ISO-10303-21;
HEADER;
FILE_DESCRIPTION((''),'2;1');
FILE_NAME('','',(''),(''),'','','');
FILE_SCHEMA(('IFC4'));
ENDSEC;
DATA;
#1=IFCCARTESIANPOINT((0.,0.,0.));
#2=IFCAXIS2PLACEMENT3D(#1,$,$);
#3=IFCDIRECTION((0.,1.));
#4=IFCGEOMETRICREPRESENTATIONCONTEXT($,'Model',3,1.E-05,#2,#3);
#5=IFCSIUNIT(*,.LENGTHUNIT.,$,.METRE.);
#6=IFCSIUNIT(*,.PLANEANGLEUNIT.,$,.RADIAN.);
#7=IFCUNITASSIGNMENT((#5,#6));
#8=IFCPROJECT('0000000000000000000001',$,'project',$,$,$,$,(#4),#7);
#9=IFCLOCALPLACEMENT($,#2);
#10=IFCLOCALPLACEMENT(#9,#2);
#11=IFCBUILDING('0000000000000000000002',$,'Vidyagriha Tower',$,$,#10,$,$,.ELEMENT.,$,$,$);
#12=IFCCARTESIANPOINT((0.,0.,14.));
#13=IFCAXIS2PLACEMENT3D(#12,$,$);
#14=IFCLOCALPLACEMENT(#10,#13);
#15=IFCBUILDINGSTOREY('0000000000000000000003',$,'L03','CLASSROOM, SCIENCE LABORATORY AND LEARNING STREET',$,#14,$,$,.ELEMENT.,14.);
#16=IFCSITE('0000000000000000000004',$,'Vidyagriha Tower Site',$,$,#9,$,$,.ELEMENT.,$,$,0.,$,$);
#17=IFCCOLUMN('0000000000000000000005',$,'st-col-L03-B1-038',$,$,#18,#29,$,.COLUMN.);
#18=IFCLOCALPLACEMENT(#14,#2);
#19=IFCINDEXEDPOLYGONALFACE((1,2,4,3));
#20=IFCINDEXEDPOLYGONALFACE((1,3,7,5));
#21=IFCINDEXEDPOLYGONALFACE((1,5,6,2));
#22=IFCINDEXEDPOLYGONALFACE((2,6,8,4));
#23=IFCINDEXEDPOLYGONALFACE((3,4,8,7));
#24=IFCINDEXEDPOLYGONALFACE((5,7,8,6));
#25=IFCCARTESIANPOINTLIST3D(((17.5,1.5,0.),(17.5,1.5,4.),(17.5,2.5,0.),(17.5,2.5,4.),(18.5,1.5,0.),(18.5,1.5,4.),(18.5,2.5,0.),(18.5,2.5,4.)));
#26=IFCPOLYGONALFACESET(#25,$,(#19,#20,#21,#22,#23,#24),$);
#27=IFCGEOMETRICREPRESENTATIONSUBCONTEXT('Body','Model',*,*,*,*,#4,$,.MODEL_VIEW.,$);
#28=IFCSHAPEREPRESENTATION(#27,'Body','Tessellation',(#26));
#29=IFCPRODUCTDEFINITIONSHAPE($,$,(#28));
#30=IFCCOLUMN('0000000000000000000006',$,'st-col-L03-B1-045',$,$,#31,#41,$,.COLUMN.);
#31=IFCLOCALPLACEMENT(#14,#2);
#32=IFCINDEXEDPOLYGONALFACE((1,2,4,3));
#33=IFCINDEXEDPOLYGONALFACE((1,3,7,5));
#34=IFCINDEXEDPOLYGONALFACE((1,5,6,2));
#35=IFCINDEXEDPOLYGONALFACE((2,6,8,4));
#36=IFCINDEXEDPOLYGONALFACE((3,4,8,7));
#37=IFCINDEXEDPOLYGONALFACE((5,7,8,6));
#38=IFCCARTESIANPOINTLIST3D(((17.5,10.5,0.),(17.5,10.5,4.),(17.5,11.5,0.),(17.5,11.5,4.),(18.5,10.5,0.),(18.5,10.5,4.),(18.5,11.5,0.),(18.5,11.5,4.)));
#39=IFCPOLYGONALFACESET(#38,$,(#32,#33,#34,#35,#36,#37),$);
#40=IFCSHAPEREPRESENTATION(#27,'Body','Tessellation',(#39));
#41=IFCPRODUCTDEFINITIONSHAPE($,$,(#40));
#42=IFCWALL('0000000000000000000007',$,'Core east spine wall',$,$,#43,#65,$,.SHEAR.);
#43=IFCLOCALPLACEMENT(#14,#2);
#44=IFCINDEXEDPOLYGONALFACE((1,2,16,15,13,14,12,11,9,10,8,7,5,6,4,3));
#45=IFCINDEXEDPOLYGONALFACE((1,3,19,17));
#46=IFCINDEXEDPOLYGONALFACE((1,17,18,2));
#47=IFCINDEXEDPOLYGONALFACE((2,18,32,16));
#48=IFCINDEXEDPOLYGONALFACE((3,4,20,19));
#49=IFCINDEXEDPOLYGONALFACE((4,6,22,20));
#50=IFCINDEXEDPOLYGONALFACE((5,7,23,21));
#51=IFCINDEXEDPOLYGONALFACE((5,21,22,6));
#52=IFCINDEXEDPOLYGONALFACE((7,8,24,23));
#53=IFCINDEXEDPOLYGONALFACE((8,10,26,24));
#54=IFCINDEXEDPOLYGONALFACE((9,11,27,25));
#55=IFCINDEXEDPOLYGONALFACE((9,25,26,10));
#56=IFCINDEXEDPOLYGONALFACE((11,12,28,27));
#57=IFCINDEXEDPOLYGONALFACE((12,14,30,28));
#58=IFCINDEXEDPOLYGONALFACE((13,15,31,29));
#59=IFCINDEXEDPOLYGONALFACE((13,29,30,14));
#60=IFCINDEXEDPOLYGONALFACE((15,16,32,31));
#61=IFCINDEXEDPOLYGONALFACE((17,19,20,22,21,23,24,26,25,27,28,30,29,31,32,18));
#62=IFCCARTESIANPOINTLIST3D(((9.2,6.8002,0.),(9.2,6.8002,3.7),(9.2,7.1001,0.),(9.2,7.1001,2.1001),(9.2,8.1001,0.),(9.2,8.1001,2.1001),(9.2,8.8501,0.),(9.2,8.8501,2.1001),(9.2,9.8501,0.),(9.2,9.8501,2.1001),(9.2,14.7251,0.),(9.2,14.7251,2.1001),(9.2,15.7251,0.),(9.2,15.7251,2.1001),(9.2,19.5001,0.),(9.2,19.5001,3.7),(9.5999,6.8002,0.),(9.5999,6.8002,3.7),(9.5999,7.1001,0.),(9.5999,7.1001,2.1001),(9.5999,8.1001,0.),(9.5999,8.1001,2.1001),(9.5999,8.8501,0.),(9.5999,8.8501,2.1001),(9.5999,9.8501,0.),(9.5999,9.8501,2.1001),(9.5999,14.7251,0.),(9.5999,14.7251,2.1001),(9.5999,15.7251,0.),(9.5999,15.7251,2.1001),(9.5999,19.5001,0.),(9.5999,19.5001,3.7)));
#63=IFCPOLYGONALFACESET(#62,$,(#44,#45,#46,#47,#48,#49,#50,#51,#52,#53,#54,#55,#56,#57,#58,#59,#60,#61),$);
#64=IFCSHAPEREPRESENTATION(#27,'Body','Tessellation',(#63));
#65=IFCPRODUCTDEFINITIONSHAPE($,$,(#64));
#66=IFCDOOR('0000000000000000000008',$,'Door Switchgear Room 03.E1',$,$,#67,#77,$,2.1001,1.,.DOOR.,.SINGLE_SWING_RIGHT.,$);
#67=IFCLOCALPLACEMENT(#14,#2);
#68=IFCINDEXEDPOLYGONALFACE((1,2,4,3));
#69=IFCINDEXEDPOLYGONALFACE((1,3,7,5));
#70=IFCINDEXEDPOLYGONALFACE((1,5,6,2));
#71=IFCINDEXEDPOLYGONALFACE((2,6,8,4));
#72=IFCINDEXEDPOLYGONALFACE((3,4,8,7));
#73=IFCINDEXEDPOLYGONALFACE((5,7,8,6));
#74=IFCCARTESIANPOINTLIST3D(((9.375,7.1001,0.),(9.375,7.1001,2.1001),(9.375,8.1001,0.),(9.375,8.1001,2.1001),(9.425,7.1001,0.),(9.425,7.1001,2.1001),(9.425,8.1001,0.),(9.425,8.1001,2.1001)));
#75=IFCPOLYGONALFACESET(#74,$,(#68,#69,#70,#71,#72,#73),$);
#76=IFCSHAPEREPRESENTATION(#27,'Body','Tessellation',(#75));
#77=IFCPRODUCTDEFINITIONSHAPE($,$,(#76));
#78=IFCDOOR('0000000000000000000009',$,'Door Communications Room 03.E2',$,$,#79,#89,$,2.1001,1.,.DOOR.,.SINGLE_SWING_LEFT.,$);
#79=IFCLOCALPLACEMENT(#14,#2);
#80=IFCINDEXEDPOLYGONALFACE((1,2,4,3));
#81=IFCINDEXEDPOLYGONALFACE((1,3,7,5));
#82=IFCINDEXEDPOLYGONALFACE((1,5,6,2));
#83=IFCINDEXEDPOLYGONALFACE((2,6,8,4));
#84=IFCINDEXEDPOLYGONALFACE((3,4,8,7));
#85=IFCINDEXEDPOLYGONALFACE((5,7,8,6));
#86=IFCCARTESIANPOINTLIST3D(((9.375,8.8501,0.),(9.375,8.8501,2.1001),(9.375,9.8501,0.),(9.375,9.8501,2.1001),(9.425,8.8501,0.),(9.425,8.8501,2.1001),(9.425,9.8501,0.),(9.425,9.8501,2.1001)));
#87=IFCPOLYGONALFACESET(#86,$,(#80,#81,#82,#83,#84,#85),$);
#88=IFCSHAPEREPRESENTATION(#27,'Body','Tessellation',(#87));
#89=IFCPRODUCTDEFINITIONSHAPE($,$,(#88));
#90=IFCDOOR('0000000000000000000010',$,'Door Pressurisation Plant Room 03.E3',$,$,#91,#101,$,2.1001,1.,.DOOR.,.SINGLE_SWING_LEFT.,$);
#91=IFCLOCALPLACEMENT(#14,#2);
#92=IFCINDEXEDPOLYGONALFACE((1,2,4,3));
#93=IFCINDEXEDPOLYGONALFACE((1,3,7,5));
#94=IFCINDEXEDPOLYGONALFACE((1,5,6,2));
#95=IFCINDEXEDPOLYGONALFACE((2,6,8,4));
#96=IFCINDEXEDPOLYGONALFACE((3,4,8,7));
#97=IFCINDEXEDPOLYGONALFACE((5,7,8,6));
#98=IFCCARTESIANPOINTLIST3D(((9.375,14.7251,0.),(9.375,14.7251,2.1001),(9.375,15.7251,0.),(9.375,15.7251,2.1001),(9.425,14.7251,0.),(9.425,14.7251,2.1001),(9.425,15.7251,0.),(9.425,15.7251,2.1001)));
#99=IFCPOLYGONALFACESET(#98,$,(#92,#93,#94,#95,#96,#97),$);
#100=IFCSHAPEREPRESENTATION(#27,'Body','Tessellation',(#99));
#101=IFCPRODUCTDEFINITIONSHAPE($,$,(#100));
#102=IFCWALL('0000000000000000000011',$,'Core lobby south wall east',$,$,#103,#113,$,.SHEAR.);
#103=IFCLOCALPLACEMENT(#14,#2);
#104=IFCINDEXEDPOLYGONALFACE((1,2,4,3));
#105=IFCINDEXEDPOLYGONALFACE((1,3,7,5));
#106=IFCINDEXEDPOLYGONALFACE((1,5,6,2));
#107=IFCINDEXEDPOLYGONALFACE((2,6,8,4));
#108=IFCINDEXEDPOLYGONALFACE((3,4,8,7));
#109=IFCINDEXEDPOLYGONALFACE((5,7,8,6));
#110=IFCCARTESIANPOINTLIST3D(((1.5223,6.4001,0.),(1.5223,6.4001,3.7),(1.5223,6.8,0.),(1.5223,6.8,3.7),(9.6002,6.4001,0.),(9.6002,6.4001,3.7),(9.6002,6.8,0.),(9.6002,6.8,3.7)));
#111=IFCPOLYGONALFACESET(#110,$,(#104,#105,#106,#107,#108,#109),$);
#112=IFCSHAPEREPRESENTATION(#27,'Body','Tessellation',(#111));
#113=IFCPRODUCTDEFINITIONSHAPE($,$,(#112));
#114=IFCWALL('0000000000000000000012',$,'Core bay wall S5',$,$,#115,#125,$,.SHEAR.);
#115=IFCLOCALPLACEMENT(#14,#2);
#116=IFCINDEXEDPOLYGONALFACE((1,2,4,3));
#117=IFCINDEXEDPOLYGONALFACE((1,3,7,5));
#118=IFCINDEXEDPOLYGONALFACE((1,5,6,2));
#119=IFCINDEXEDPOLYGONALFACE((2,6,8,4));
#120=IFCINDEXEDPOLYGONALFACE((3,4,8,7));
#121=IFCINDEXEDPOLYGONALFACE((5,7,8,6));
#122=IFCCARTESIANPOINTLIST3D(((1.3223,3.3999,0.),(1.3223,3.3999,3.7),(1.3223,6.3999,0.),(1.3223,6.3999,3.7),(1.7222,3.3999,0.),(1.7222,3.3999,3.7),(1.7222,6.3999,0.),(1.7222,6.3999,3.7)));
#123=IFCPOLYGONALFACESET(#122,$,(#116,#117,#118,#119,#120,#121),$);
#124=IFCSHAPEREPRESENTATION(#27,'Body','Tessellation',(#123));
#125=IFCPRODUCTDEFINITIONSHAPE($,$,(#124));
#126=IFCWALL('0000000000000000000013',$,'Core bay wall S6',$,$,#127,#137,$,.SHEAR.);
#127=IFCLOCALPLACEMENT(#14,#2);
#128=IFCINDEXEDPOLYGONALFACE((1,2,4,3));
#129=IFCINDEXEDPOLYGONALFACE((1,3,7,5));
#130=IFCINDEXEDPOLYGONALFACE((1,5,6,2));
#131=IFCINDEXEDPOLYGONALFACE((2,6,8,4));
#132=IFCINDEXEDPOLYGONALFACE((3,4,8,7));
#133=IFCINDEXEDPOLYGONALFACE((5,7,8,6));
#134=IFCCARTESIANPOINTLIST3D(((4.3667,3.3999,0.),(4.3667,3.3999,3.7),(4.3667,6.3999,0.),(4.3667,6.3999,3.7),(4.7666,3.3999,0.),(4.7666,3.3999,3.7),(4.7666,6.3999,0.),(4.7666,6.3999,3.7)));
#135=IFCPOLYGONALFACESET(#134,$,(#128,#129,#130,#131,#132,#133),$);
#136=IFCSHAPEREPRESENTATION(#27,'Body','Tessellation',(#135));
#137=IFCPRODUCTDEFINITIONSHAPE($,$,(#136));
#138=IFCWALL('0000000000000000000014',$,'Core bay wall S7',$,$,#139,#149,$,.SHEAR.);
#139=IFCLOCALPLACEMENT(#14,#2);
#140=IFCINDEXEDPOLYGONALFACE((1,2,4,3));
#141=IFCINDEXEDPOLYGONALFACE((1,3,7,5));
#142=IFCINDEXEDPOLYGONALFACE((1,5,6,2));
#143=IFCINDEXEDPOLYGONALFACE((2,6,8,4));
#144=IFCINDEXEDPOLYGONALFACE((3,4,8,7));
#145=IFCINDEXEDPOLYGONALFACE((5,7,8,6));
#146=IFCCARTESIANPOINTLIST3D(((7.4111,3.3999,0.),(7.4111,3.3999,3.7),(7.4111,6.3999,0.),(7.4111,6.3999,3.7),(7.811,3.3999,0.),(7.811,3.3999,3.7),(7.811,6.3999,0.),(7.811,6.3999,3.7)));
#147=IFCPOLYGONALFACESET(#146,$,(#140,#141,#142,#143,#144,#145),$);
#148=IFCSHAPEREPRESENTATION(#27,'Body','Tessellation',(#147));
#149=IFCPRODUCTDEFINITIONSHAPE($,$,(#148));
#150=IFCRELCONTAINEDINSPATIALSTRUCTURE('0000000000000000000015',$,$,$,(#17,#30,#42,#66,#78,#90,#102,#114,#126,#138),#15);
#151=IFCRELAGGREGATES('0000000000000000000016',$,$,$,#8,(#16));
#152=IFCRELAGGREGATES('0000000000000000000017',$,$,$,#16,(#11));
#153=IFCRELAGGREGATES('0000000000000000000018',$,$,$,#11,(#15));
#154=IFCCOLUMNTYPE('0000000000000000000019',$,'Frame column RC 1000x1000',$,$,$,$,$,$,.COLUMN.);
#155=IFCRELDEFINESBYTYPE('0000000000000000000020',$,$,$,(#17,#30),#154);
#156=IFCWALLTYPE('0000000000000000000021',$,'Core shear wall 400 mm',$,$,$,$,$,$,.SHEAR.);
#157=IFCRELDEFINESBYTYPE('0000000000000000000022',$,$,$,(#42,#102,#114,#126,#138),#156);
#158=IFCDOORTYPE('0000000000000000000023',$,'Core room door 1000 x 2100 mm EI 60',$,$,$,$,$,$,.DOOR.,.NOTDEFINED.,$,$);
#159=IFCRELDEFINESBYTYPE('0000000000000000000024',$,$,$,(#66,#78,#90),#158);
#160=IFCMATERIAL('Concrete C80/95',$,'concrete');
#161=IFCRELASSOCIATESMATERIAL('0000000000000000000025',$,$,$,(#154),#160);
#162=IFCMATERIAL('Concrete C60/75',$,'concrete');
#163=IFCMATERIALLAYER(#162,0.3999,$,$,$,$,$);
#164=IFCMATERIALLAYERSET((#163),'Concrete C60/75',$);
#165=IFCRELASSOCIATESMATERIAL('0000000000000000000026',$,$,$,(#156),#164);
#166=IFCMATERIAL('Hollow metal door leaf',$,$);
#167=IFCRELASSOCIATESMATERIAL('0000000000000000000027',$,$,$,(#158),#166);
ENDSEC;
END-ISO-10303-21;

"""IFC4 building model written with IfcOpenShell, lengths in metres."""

from ifc_helpers import new_model, si_unit, direction, frame, frame_2d, origin, origin_2d, place, context, subcontext, project, spatial, rectangle, extrude, material, layer, layer_set, material_profile, profile_set, type_object, element, fill, save


model = new_model("IFC4")

# Units and contexts
model_context = context("Model", 3, precision=1e-05, world=origin(), true_north=direction((0.0, 1.0)))
body_context = subcontext(model_context, "Body", "Model", "MODEL_VIEW")
ifc_project = project(units=[si_unit("LENGTHUNIT", "METRE"), si_unit("PLANEANGLEUNIT", "RADIAN")], contexts=[model_context])

# Site, building, storey
site_placement = place(None, origin())
site = spatial("IfcSite", under=ifc_project, at=site_placement, Name="Vidyagriha Tower Site", CompositionType="ELEMENT", RefElevation=0.0)
building_placement = place(site_placement, origin())
building = spatial("IfcBuilding", under=site, at=building_placement, Name="Vidyagriha Tower", CompositionType="ELEMENT")
storey_placement = place(building_placement, frame((0.0, 0.0, 14.0)))
storey = spatial("IfcBuildingStorey", under=building, at=storey_placement, Name="L03", Description="CLASSROOM, SCIENCE LABORATORY AND LEARNING STREET", CompositionType="ELEMENT", Elevation=14.0)

# Columns
ifc_material_1 = material(Name="Concrete C80/95", Category="concrete")
ifc_material_profile = material_profile(ifc_material_1, rectangle(XDim=1.0, YDim=1.0, at=origin_2d()), Name="RC 1000x1000")
ifc_profile_set = profile_set([ifc_material_profile], Name="Concrete C80/95")
column_type = type_object("IfcColumnType", Name="Frame column RC 1000x1000", PredefinedType="COLUMN", material=ifc_profile_set)
for number, where, name in (
    (1, (18.0, 2.0, 0.0), "st-col-L03-B1-038"),
    (2, (18.0, 11.0, 0.0), "st-col-L03-B1-045"),
):
    element("IfcColumn", number, at=place(storey_placement, frame(where)), inside=storey, type_object=column_type, Name=name, PredefinedType="COLUMN", context=body_context, shape_type="SweptSolid", body=[
        extrude(rectangle(XDim=1.0, YDim=1.0, at=origin_2d()), origin(), (0.0, 0.0, 1.0), 4.0),
    ])

# Wall, openings, doors
ifc_material_2 = material(Name="Concrete C60/75", Category="concrete")
ifc_layer_1 = layer(ifc_material_2, 0.3999)
ifc_layer_set_1 = layer_set([ifc_layer_1], Name="Concrete C60/75")
wall_type_1 = type_object("IfcWallType", Name="Core shear wall 400 mm", PredefinedType="SHEAR", material=ifc_layer_set_1)
wall_1_placement = place(storey_placement, frame((9.3999, 6.8, 0.0), z_axis=(0.0, 0.0, 1.0), x_axis=(0.0, 1.0, 0.0)))
wall_1 = element("IfcWall", 3, at=wall_1_placement, inside=storey, type_object=wall_type_1, Name="Core east spine wall", PredefinedType="SHEAR", context=body_context, shape_type="SweptSolid", body=[
    extrude(rectangle(XDim=12.7, YDim=0.3999, at=frame_2d((6.3501, 0.0))), origin(), (0.0, 0.0, 1.0), 3.7),
])
opening_1_placement = place(wall_1_placement, frame((0.3, 0.0, 0.0)))
opening_1 = element("IfcOpeningElement", 4, at=opening_1_placement, cuts=wall_1, PredefinedType="OPENING", context=body_context, shape_type="SweptSolid", body=[
    extrude(rectangle(XDim=1.0, YDim=2.1001, at=frame_2d((0.5, 1.05))), frame((0.0, 0.21, 0.0), z_axis=(0.0, -1.0, 0.0), x_axis=(1.0, 0.0, 0.0)), (0.0, 0.0, 1.0), 0.4199),
])
opening_2_placement = place(wall_1_placement, frame((2.05, 0.0, 0.0)))
opening_2 = element("IfcOpeningElement", 5, at=opening_2_placement, cuts=wall_1, PredefinedType="OPENING", context=body_context, shape_type="SweptSolid", body=[
    extrude(rectangle(XDim=1.0, YDim=2.1001, at=frame_2d((0.5, 1.05))), frame((0.0, 0.21, 0.0), z_axis=(0.0, -1.0, 0.0), x_axis=(1.0, 0.0, 0.0)), (0.0, 0.0, 1.0), 0.4199),
])
opening_3_placement = place(wall_1_placement, frame((7.925, 0.0, 0.0)))
opening_3 = element("IfcOpeningElement", 6, at=opening_3_placement, cuts=wall_1, PredefinedType="OPENING", context=body_context, shape_type="SweptSolid", body=[
    extrude(rectangle(XDim=1.0, YDim=2.1001, at=frame_2d((0.5, 1.05))), frame((0.0, 0.21, 0.0), z_axis=(0.0, -1.0, 0.0), x_axis=(1.0, 0.0, 0.0)), (0.0, 0.0, 1.0), 0.4199),
])
ifc_material_3 = material(Name="Hollow metal door leaf")
door_type_1 = type_object("IfcDoorType", Name="Core room door 1000 x 2100 mm EI 60", OperationType="NOTDEFINED", PredefinedType="DOOR", material=ifc_material_3)
door_1_placement = place(opening_1_placement, origin())
door_1 = element("IfcDoor", 7, at=door_1_placement, inside=storey, type_object=door_type_1, Name="Door Switchgear Room 03.E1", OperationType="SINGLE_SWING_RIGHT", OverallHeight=2.1001, OverallWidth=1.0, PredefinedType="DOOR", context=body_context, shape_type="SweptSolid", body=[
    extrude(rectangle(XDim=1.0, YDim=2.1001, at=frame_2d((0.5, 1.05))), frame((0.0, 0.0249, 0.0), z_axis=(0.0, -1.0, 0.0), x_axis=(1.0, 0.0, 0.0)), (0.0, 0.0, 1.0), 0.05),
])
fill(opening_1, door_1)
door_2_placement = place(opening_2_placement, origin())
door_2 = element("IfcDoor", 8, at=door_2_placement, inside=storey, type_object=door_type_1, Name="Door Communications Room 03.E2", OperationType="SINGLE_SWING_LEFT", OverallHeight=2.1001, OverallWidth=1.0, PredefinedType="DOOR", context=body_context, shape_type="SweptSolid", body=[
    extrude(rectangle(XDim=1.0, YDim=2.1001, at=frame_2d((0.5, 1.05))), frame((0.0, 0.0249, 0.0), z_axis=(0.0, -1.0, 0.0), x_axis=(1.0, 0.0, 0.0)), (0.0, 0.0, 1.0), 0.05),
])
fill(opening_2, door_2)
door_3_placement = place(opening_3_placement, origin())
door_3 = element("IfcDoor", 9, at=door_3_placement, inside=storey, type_object=door_type_1, Name="Door Pressurisation Plant Room 03.E3", OperationType="SINGLE_SWING_LEFT", OverallHeight=2.1001, OverallWidth=1.0, PredefinedType="DOOR", context=body_context, shape_type="SweptSolid", body=[
    extrude(rectangle(XDim=1.0, YDim=2.1001, at=frame_2d((0.5, 1.05))), frame((0.0, 0.0249, 0.0), z_axis=(0.0, -1.0, 0.0), x_axis=(1.0, 0.0, 0.0)), (0.0, 0.0, 1.0), 0.05),
])
fill(opening_3, door_3)

# Walls
wall_2_placement = place(storey_placement, frame((1.5222, 6.6001, 0.0)))
element("IfcWall", 10, at=wall_2_placement, inside=storey, type_object=wall_type_1, Name="Core lobby south wall east", PredefinedType="SHEAR", context=body_context, shape_type="SweptSolid", body=[
    extrude(rectangle(XDim=8.0779, YDim=0.3999, at=frame_2d((4.0391, 0.0))), origin(), (0.0, 0.0, 1.0), 3.7),
])
for number, where, z_axis, x_axis, name in (
    (11, (1.5222, 3.3999, 0.0), (0.0, 0.0, 1.0), (0.0, 1.0, 0.0), "Core bay wall S5"),
    (12, (4.5667, 3.3999, 0.0), (0.0, 0.0, 1.0), (0.0, 1.0, 0.0), "Core bay wall S6"),
    (13, (7.6111, 3.3999, 0.0), (0.0, 0.0, 1.0), (0.0, 1.0, 0.0), "Core bay wall S7"),
):
    element("IfcWall", number, at=place(storey_placement, frame(where, z_axis=z_axis, x_axis=x_axis)), inside=storey, type_object=wall_type_1, Name=name, PredefinedType="SHEAR", context=body_context, shape_type="SweptSolid", body=[
        extrude(rectangle(XDim=3.0, YDim=0.3999, at=frame_2d((1.5, 0.0))), origin(), (0.0, 0.0, 1.0), 3.7),
    ])

save(model, "model.ifc")
